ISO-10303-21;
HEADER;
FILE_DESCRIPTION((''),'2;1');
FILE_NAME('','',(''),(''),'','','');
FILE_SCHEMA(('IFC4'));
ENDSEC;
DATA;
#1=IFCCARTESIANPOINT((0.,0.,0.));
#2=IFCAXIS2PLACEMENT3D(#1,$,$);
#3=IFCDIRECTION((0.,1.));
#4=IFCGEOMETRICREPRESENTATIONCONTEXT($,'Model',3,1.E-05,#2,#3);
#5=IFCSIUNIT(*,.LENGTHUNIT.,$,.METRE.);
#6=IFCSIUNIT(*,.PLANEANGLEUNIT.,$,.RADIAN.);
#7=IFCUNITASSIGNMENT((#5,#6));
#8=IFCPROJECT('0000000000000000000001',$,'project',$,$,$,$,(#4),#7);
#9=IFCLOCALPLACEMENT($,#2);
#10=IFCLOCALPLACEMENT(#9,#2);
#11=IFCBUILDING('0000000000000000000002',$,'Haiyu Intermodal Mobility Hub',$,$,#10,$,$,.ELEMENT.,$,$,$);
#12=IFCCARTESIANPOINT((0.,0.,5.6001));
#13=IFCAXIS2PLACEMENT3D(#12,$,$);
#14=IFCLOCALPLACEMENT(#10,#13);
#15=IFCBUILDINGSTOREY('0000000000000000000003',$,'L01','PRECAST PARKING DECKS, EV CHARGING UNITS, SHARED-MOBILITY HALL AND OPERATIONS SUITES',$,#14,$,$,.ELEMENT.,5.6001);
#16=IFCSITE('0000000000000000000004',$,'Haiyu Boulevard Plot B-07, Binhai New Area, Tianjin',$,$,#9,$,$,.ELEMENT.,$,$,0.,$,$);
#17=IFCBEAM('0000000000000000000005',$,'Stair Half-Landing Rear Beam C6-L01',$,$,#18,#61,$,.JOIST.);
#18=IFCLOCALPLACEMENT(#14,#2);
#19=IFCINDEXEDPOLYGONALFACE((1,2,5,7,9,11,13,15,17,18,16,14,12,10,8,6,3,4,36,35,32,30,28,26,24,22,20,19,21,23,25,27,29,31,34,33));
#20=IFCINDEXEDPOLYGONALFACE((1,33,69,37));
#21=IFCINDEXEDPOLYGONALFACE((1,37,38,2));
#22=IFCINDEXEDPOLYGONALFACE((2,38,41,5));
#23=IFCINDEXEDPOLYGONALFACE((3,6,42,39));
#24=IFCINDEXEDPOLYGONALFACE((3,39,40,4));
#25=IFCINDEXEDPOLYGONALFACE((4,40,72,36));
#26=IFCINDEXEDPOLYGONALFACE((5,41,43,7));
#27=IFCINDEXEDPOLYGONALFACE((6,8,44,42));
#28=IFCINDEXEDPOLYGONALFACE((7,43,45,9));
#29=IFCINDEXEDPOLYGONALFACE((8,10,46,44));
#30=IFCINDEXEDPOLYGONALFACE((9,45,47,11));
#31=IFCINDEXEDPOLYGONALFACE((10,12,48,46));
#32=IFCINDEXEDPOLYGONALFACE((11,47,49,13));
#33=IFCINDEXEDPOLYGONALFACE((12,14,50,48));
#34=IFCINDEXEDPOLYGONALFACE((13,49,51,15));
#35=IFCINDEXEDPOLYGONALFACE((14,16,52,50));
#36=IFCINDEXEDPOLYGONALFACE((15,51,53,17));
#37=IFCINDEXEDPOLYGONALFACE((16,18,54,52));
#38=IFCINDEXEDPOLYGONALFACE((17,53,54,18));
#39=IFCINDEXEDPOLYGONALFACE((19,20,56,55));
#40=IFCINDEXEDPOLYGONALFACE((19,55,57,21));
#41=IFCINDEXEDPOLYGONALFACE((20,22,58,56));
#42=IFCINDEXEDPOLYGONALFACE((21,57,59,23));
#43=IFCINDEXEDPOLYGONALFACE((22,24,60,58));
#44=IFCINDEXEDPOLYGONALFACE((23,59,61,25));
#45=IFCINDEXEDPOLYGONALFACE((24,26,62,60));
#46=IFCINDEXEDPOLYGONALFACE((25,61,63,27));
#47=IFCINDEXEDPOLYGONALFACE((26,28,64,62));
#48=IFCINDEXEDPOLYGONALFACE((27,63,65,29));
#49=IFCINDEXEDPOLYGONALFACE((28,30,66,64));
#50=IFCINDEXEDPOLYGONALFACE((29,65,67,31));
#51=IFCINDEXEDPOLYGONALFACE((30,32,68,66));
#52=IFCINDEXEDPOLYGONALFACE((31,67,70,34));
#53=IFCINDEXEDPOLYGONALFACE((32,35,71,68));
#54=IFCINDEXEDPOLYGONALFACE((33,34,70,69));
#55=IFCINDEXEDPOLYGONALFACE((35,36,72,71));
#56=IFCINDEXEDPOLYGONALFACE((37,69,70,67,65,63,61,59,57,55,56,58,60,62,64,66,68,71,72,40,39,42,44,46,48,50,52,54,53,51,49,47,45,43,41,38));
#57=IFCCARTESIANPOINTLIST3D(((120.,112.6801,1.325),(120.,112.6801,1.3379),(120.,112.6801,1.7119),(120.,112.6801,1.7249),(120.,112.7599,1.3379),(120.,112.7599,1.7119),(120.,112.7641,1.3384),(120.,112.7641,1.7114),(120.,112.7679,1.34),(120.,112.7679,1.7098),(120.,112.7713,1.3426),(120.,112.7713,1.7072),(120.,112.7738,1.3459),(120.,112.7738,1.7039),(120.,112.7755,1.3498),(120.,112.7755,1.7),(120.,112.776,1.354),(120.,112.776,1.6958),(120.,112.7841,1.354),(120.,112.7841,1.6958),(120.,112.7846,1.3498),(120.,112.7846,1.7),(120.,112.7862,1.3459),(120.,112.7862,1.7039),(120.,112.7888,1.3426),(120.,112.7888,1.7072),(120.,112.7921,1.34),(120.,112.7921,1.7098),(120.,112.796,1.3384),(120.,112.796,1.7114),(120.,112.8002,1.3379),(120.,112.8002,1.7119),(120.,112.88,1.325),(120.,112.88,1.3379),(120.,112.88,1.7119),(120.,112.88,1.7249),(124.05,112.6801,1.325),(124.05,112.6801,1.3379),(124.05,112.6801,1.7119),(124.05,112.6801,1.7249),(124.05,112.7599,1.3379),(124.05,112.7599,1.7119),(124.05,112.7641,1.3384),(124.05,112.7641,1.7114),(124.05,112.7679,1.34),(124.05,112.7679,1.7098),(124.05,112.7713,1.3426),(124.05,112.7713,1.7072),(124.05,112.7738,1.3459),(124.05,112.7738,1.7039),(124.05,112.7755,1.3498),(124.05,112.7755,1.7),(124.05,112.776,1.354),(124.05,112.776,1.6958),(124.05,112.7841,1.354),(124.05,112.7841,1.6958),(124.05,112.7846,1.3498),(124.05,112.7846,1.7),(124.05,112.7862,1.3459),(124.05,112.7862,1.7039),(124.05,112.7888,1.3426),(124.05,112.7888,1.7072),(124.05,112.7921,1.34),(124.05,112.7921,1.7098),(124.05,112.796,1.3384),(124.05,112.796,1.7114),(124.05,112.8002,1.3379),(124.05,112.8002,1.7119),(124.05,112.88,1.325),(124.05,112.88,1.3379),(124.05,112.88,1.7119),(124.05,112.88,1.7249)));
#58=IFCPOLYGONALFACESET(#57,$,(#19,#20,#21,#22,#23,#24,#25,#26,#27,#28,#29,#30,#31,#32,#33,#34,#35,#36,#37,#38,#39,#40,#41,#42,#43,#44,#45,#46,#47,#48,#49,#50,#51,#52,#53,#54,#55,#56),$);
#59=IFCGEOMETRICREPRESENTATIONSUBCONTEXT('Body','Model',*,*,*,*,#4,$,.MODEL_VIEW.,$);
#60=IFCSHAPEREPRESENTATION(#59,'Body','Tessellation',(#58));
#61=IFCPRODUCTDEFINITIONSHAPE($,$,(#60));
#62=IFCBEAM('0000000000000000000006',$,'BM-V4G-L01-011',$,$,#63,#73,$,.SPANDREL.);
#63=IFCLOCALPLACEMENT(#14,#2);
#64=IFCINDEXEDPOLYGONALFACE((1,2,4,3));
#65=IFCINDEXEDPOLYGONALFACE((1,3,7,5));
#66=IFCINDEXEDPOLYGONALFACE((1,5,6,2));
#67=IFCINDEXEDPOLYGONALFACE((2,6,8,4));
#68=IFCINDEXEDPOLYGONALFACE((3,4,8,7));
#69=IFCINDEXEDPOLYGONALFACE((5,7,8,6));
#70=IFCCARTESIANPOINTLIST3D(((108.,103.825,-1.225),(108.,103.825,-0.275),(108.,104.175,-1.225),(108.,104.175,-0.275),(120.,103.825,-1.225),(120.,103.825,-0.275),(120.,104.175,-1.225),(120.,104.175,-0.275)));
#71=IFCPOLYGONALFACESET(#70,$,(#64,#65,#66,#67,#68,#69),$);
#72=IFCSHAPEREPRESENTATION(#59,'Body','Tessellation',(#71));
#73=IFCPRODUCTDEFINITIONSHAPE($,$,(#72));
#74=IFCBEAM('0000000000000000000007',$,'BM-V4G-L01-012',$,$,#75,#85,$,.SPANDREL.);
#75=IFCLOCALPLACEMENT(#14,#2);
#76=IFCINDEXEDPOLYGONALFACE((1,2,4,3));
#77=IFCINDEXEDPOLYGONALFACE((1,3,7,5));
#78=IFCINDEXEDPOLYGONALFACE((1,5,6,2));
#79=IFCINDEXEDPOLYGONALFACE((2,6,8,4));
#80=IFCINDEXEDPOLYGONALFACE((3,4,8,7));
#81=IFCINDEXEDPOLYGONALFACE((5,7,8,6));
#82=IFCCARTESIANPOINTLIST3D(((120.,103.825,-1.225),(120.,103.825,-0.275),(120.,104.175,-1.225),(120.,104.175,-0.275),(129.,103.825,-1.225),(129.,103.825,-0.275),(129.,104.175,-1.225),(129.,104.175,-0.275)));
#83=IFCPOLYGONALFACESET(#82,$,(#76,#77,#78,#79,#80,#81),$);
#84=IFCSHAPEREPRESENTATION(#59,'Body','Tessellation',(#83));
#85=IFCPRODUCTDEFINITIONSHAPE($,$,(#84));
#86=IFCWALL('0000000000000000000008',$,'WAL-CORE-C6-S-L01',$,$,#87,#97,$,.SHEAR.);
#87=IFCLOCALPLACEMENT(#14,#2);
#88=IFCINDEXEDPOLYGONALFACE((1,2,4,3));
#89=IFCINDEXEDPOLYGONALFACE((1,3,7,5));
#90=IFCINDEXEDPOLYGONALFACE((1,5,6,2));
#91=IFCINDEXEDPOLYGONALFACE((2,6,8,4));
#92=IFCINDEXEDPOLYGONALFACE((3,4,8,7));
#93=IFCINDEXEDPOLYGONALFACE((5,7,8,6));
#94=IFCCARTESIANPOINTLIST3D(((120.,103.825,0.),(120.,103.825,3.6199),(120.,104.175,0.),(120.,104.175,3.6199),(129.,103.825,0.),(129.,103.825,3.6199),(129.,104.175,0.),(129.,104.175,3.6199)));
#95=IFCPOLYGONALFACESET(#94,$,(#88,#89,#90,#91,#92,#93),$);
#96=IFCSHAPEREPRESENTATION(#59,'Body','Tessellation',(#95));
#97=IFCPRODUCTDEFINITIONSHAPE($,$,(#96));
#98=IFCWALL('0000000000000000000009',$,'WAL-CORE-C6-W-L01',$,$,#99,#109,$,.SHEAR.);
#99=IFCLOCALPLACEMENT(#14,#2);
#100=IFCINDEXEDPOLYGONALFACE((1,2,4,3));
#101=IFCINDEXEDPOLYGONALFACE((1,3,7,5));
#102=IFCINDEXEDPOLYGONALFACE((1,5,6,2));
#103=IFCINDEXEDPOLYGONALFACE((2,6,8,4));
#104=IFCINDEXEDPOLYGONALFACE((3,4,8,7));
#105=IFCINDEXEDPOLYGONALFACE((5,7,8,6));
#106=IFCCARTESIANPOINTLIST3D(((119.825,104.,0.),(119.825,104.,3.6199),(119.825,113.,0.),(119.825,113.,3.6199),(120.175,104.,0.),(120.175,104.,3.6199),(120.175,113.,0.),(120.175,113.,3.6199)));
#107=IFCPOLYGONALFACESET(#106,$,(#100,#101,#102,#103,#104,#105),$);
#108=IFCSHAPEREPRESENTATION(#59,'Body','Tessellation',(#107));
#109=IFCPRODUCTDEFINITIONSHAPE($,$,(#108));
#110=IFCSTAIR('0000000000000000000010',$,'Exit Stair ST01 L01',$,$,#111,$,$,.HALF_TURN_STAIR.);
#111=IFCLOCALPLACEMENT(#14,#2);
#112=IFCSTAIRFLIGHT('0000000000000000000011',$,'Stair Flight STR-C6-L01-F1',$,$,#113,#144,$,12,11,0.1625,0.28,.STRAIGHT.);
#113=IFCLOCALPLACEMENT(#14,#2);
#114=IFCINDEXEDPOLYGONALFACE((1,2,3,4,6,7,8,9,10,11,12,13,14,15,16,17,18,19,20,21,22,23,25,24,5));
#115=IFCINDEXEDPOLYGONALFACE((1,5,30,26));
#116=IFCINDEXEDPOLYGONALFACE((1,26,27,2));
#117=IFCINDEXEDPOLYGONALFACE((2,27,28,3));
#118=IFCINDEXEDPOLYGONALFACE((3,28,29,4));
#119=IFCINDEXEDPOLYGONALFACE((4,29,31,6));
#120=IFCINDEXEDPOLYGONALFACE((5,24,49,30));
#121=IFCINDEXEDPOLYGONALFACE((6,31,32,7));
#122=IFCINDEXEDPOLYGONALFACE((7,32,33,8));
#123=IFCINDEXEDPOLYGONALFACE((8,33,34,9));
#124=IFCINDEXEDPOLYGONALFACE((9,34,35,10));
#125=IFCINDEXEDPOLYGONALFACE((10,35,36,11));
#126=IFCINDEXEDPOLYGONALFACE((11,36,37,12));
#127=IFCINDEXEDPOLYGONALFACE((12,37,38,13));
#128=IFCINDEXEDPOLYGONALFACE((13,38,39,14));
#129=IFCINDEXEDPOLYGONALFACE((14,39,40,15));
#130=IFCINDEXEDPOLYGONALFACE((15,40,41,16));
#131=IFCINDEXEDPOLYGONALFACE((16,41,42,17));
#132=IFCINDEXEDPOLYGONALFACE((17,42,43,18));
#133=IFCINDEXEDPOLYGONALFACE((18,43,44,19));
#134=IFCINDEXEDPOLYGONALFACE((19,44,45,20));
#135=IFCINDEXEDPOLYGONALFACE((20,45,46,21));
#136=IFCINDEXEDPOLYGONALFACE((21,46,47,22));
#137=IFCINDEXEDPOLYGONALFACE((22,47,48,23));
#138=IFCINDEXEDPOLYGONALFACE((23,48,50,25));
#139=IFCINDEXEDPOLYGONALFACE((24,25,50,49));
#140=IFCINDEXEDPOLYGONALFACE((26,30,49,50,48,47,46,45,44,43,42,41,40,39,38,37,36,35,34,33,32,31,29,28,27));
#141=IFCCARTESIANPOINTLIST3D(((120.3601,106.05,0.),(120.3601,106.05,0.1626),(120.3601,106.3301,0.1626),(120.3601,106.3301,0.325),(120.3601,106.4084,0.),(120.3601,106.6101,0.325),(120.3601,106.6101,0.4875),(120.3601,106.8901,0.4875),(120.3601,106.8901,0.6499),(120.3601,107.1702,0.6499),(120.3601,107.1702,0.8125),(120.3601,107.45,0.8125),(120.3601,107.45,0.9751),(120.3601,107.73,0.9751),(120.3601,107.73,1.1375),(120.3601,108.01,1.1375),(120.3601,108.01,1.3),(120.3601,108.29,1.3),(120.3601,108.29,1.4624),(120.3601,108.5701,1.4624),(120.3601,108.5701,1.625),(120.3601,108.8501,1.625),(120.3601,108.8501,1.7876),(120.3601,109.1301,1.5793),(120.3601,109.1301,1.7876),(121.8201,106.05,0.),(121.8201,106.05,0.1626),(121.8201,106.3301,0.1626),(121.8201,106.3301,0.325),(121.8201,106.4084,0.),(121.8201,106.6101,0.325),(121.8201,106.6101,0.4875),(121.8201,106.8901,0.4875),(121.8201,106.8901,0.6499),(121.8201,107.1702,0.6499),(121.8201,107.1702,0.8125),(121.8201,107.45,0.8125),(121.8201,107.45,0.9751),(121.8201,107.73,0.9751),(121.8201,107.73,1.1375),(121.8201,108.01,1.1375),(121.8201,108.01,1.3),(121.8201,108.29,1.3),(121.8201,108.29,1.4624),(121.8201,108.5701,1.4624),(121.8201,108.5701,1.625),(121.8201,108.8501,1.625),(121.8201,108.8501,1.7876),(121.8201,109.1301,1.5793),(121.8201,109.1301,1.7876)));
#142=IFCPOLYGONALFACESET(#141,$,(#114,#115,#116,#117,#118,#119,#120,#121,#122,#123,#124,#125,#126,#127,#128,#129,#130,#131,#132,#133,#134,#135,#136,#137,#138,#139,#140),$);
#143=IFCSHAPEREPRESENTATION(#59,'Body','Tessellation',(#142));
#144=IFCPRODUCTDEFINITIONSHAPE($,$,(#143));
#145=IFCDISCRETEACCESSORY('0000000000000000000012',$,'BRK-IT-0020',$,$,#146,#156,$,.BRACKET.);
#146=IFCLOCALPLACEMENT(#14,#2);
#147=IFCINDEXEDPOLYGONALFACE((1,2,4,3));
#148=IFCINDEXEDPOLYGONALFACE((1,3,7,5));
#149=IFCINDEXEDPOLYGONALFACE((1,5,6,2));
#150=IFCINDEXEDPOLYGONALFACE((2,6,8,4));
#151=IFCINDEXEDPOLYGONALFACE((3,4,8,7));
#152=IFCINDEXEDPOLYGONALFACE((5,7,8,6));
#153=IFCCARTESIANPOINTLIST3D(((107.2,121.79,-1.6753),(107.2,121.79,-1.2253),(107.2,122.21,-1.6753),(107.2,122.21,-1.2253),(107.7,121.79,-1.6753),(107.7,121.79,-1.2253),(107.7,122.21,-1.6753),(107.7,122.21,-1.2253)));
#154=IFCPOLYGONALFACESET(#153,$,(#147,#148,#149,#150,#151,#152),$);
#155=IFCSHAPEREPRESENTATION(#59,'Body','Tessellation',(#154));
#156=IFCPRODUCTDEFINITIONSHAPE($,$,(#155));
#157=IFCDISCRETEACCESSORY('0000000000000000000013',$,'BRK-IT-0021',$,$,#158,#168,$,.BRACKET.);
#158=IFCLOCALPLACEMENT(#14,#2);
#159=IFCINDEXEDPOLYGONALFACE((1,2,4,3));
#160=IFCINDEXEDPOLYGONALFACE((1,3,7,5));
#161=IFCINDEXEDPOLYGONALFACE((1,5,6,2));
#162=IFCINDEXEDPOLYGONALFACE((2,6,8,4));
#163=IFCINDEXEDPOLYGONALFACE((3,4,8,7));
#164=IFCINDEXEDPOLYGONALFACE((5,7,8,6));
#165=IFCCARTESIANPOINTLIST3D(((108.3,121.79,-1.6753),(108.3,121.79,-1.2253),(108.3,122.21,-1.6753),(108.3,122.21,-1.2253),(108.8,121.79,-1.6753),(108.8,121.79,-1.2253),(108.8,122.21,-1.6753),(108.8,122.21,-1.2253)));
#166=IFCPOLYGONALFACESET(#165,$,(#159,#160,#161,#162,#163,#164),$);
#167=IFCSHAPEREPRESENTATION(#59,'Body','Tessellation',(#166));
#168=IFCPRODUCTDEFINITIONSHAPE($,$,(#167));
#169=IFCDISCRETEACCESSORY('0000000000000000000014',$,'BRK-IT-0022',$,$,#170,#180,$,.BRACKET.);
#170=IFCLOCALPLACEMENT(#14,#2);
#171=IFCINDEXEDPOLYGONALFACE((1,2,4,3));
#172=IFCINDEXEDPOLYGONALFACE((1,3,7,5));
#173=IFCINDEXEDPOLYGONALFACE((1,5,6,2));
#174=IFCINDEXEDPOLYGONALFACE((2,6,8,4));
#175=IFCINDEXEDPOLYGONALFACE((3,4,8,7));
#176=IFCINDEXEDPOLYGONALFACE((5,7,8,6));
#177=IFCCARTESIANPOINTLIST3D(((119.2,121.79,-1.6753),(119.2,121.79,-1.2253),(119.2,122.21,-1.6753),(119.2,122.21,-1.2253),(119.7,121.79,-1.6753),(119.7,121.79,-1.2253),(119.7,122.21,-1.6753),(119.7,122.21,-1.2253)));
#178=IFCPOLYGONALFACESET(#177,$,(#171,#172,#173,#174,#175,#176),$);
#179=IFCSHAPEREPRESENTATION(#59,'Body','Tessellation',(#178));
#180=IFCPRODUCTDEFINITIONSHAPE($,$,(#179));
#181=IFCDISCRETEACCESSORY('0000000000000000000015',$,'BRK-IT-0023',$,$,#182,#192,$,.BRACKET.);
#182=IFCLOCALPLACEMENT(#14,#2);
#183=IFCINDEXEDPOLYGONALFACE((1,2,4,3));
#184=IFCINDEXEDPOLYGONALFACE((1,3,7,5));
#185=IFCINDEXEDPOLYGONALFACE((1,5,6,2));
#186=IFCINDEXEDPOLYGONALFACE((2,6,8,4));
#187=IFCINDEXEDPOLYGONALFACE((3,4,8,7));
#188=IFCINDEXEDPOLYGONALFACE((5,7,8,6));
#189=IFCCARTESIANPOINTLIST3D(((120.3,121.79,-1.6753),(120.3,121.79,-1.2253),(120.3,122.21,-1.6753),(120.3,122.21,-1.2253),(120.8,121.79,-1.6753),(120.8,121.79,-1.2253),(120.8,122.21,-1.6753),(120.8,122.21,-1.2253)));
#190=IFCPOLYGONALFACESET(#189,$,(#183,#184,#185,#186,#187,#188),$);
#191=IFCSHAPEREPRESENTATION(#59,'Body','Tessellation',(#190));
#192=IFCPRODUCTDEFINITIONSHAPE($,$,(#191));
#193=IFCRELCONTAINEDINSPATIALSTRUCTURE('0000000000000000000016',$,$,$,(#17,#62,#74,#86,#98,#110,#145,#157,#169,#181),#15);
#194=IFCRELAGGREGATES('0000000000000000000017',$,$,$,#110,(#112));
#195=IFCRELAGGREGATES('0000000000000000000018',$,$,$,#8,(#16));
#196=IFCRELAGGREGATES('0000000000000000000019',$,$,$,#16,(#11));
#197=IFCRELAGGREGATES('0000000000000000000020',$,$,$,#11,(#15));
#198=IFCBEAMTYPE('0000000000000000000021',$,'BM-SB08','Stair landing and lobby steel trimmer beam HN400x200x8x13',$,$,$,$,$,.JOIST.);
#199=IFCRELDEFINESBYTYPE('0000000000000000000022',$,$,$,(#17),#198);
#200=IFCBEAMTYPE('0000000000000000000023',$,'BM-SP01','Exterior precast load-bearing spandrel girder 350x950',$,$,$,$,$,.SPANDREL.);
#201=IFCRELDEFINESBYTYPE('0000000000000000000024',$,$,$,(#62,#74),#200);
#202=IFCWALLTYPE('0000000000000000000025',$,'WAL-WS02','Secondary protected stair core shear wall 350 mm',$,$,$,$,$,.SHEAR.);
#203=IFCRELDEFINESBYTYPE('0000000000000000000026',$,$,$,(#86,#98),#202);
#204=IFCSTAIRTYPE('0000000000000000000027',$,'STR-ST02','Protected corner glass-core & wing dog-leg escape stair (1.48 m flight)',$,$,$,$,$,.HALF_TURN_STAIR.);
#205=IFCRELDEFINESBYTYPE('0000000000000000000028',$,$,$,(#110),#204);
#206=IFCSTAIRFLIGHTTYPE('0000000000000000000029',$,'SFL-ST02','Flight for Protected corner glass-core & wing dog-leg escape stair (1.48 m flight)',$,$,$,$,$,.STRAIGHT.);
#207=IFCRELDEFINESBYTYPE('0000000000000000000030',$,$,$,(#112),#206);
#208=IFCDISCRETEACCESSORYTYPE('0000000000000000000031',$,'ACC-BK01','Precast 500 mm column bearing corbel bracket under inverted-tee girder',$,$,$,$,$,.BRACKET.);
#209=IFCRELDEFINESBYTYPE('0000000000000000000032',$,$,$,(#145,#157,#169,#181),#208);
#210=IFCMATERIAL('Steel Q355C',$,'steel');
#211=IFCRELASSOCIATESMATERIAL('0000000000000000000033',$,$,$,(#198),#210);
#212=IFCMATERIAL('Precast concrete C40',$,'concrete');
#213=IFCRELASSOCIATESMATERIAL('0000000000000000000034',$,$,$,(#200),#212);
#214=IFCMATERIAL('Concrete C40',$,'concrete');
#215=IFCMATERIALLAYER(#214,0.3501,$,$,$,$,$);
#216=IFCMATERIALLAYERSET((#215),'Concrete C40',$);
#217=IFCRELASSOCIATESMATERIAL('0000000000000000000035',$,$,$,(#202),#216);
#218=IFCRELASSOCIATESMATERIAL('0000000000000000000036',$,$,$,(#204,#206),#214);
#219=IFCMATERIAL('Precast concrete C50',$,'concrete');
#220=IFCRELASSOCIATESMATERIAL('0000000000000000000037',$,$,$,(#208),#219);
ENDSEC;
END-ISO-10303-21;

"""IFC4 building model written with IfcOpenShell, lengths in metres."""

from ifc_helpers import new_model, si_unit, direction, frame, frame_2d, origin, origin_2d, place, context, subcontext, project, spatial, polyline, rectangle, i_section, outline, extrude, material, layer, layer_set, material_profile, profile_set, type_object, element, aggregate, save


model = new_model("IFC4")

# Units and contexts
model_context = context("Model", 3, precision=1e-05, world=origin(), true_north=direction((0.0, 1.0)))
body_context = subcontext(model_context, "Body", "Model", "MODEL_VIEW")
ifc_project = project(units=[si_unit("LENGTHUNIT", "METRE"), si_unit("PLANEANGLEUNIT", "RADIAN")], contexts=[model_context])

# Site, building, storey
site_placement = place(None, origin())
site = spatial("IfcSite", under=ifc_project, at=site_placement, Name="Haiyu Boulevard Plot B-07, Binhai New Area, Tianjin", CompositionType="ELEMENT", RefElevation=0.0)
building_placement = place(site_placement, origin())
building = spatial("IfcBuilding", under=site, at=building_placement, Name="Haiyu Intermodal Mobility Hub", CompositionType="ELEMENT")
storey_placement = place(building_placement, frame((0.0, 0.0, 5.6001)))
storey = spatial("IfcBuildingStorey", under=building, at=storey_placement, Name="L01", Description="PRECAST PARKING DECKS, EV CHARGING UNITS, SHARED-MOBILITY HALL AND OPERATIONS SUITES", CompositionType="ELEMENT", Elevation=5.6001)

# Shared definitions
ifc_material_1 = material(Name="Precast concrete C40", Category="concrete")

# Beams
ifc_material_2 = material(Name="Concrete C40", Category="concrete")
ifc_material_3 = material(Name="Precast concrete C50", Category="concrete")
ifc_material_4 = material(Name="Steel Q355C", Category="steel")
ifc_material_profile_1 = material_profile(ifc_material_4, i_section(OverallWidth=0.2, OverallDepth=0.3999, WebThickness=0.0081, FlangeThickness=0.0129, FilletRadius=0.0161, at=origin_2d()), Name="HN400x200x8x13")
ifc_profile_set_1 = profile_set([ifc_material_profile_1], Name="Steel Q355C")
beam_type_1 = type_object("IfcBeamType", Name="BM-SB08", Description="Stair landing and lobby steel trimmer beam HN400x200x8x13", PredefinedType="JOIST", material=ifc_profile_set_1)
for number, where, z_axis, x_axis, name in (
    (1, (120.0, 112.78, 1.5249), (1.0, 0.0, 0.0), (0.0, 1.0, 0.0), "Stair Half-Landing Rear Beam C6-L01"),
):
    element("IfcBeam", number, at=place(storey_placement, frame(where, z_axis=z_axis, x_axis=x_axis)), inside=storey, type_object=beam_type_1, Name=name, PredefinedType="JOIST", context=body_context, shape_type="SweptSolid", body=[
        extrude(i_section(OverallWidth=0.2, OverallDepth=0.3999, WebThickness=0.0081, FlangeThickness=0.0129, FilletRadius=0.0161, at=origin_2d()), origin(), (0.0, 0.0, 1.0), 4.05),
    ])
ifc_material_profile_2 = material_profile(ifc_material_1, rectangle(XDim=0.3501, YDim=0.95, at=origin_2d()), Name="PC350x950")
ifc_profile_set_2 = profile_set([ifc_material_profile_2], Name="Precast concrete C40")
beam_type_2 = type_object("IfcBeamType", Name="BM-SP01", Description="Exterior precast load-bearing spandrel girder 350x950", PredefinedType="SPANDREL", material=ifc_profile_set_2)
beam_1_placement = place(storey_placement, frame((108.0, 104.0, -0.75), z_axis=(1.0, 0.0, 0.0), x_axis=(0.0, 1.0, 0.0)))
element("IfcBeam", 2, at=beam_1_placement, inside=storey, type_object=beam_type_2, Name="BM-V4G-L01-011", PredefinedType="SPANDREL", context=body_context, shape_type="SweptSolid", body=[
    extrude(rectangle(XDim=0.3501, YDim=0.95, at=origin_2d()), origin(), (0.0, 0.0, 1.0), 12.0),
])
beam_2_placement = place(storey_placement, frame((120.0, 104.0, -0.75), z_axis=(1.0, 0.0, 0.0), x_axis=(0.0, 1.0, 0.0)))
element("IfcBeam", 3, at=beam_2_placement, inside=storey, type_object=beam_type_2, Name="BM-V4G-L01-012", PredefinedType="SPANDREL", context=body_context, shape_type="SweptSolid", body=[
    extrude(rectangle(XDim=0.3501, YDim=0.95, at=origin_2d()), origin(), (0.0, 0.0, 1.0), 9.0),
])

# Walls
ifc_layer = layer(ifc_material_2, 0.3501)
ifc_layer_set = layer_set([ifc_layer], Name="Concrete C40")
wall_type = type_object("IfcWallType", Name="WAL-WS02", Description="Secondary protected stair core shear wall 350 mm", PredefinedType="SHEAR", material=ifc_layer_set)
for number, where, z_axis, x_axis, name in (
    (4, (120.0, 104.0, 0.0), (0.0, 0.0, 1.0), (1.0, 0.0, 0.0), "WAL-CORE-C6-S-L01"),
    (5, (120.0, 113.0, 0.0), (0.0, 0.0, 1.0), (0.0, -1.0, 0.0), "WAL-CORE-C6-W-L01"),
):
    element("IfcWall", number, at=place(storey_placement, frame(where, z_axis=z_axis, x_axis=x_axis)), inside=storey, type_object=wall_type, Name=name, PredefinedType="SHEAR", context=body_context, shape_type="SweptSolid", body=[
        extrude(rectangle(XDim=9.0, YDim=0.3501, at=frame_2d((4.5, 0.0))), origin(), (0.0, 0.0, 1.0), 3.6199),
    ])

# Stair, stair flight
stair_type = type_object("IfcStairType", Name="STR-ST02", Description="Protected corner glass-core & wing dog-leg escape stair (1.48 m flight)", PredefinedType="HALF_TURN_STAIR", material=ifc_material_2)
stair_placement = place(storey_placement, origin())
stair = element("IfcStair", 6, at=stair_placement, inside=storey, type_object=stair_type, Name="Exit Stair ST01 L01", PredefinedType="HALF_TURN_STAIR")
stair_flight_type = type_object("IfcStairFlightType", Name="SFL-ST02", Description="Flight for Protected corner glass-core & wing dog-leg escape stair (1.48 m flight)", PredefinedType="STRAIGHT", material=ifc_material_2)
stair_flight_placement = place(storey_placement, frame((121.0901, 106.05, 0.0), z_axis=(0.0, 0.0, 1.0), x_axis=(0.0, 1.0, 0.0)))
stair_flight = element("IfcStairFlight", 7, at=stair_flight_placement, type_object=stair_flight_type, Name="Stair Flight STR-C6-L01-F1", NumberOfRisers=12, NumberOfTreads=11, PredefinedType="STRAIGHT", RiserHeight=0.1625, TreadLength=0.28, context=body_context, shape_type="SweptSolid", body=[
    extrude(outline(polyline([(0.0, 0.0), (0.0, 0.1626), (0.28, 0.1626), (0.28, 0.325), (0.5601, 0.325), (0.5601, 0.4875), (0.8401, 0.4875), (0.8401, 0.6499), (1.1201, 0.6499), (1.1201, 0.8125), (1.3999, 0.8125), (1.3999, 0.9751), (1.6799, 0.9751), (1.6799, 1.1375), (1.96, 1.1375), (1.96, 1.3), (2.24, 1.3), (2.24, 1.4624), (2.52, 1.4624), (2.52, 1.625), (2.8, 1.625), (2.8, 1.7876), (3.0801, 1.7876), (3.0801, 1.95), (3.0801, 1.5793), (0.3584, 0.0), (0.0, 0.0)])), frame((0.0, 0.73, 0.0), z_axis=(0.0, -1.0, 0.0), x_axis=(1.0, 0.0, 0.0)), (0.0, 0.0, 1.0), 1.46),
])
aggregate(stair, [stair_flight])

# Discrete accessories
discrete_accessory_type = type_object("IfcDiscreteAccessoryType", Name="ACC-BK01", Description="Precast 500 mm column bearing corbel bracket under inverted-tee girder", PredefinedType="BRACKET", material=ifc_material_3)
for number, where, z_axis, x_axis, name in (
    (8, (107.45, 122.0, -1.6753), (0.0, 0.0, 1.0), (1.0, 0.0, 0.0), "BRK-IT-0020"),
    (9, (108.55, 122.0, -1.6753), (0.0, 0.0, 1.0), (1.0, 0.0, 0.0), "BRK-IT-0021"),
    (10, (119.45, 122.0, -1.6753), (0.0, 0.0, 1.0), (1.0, 0.0, 0.0), "BRK-IT-0022"),
    (11, (120.55, 122.0, -1.6753), (0.0, 0.0, 1.0), (1.0, 0.0, 0.0), "BRK-IT-0023"),
):
    element("IfcDiscreteAccessory", number, at=place(storey_placement, frame(where, z_axis=z_axis, x_axis=x_axis)), inside=storey, type_object=discrete_accessory_type, Name=name, PredefinedType="BRACKET", context=body_context, shape_type="SweptSolid", body=[
        extrude(rectangle(XDim=0.5, YDim=0.4199, at=origin_2d()), origin(), (0.0, 0.0, 1.0), 0.45),
    ])

save(model, "model.ifc")
